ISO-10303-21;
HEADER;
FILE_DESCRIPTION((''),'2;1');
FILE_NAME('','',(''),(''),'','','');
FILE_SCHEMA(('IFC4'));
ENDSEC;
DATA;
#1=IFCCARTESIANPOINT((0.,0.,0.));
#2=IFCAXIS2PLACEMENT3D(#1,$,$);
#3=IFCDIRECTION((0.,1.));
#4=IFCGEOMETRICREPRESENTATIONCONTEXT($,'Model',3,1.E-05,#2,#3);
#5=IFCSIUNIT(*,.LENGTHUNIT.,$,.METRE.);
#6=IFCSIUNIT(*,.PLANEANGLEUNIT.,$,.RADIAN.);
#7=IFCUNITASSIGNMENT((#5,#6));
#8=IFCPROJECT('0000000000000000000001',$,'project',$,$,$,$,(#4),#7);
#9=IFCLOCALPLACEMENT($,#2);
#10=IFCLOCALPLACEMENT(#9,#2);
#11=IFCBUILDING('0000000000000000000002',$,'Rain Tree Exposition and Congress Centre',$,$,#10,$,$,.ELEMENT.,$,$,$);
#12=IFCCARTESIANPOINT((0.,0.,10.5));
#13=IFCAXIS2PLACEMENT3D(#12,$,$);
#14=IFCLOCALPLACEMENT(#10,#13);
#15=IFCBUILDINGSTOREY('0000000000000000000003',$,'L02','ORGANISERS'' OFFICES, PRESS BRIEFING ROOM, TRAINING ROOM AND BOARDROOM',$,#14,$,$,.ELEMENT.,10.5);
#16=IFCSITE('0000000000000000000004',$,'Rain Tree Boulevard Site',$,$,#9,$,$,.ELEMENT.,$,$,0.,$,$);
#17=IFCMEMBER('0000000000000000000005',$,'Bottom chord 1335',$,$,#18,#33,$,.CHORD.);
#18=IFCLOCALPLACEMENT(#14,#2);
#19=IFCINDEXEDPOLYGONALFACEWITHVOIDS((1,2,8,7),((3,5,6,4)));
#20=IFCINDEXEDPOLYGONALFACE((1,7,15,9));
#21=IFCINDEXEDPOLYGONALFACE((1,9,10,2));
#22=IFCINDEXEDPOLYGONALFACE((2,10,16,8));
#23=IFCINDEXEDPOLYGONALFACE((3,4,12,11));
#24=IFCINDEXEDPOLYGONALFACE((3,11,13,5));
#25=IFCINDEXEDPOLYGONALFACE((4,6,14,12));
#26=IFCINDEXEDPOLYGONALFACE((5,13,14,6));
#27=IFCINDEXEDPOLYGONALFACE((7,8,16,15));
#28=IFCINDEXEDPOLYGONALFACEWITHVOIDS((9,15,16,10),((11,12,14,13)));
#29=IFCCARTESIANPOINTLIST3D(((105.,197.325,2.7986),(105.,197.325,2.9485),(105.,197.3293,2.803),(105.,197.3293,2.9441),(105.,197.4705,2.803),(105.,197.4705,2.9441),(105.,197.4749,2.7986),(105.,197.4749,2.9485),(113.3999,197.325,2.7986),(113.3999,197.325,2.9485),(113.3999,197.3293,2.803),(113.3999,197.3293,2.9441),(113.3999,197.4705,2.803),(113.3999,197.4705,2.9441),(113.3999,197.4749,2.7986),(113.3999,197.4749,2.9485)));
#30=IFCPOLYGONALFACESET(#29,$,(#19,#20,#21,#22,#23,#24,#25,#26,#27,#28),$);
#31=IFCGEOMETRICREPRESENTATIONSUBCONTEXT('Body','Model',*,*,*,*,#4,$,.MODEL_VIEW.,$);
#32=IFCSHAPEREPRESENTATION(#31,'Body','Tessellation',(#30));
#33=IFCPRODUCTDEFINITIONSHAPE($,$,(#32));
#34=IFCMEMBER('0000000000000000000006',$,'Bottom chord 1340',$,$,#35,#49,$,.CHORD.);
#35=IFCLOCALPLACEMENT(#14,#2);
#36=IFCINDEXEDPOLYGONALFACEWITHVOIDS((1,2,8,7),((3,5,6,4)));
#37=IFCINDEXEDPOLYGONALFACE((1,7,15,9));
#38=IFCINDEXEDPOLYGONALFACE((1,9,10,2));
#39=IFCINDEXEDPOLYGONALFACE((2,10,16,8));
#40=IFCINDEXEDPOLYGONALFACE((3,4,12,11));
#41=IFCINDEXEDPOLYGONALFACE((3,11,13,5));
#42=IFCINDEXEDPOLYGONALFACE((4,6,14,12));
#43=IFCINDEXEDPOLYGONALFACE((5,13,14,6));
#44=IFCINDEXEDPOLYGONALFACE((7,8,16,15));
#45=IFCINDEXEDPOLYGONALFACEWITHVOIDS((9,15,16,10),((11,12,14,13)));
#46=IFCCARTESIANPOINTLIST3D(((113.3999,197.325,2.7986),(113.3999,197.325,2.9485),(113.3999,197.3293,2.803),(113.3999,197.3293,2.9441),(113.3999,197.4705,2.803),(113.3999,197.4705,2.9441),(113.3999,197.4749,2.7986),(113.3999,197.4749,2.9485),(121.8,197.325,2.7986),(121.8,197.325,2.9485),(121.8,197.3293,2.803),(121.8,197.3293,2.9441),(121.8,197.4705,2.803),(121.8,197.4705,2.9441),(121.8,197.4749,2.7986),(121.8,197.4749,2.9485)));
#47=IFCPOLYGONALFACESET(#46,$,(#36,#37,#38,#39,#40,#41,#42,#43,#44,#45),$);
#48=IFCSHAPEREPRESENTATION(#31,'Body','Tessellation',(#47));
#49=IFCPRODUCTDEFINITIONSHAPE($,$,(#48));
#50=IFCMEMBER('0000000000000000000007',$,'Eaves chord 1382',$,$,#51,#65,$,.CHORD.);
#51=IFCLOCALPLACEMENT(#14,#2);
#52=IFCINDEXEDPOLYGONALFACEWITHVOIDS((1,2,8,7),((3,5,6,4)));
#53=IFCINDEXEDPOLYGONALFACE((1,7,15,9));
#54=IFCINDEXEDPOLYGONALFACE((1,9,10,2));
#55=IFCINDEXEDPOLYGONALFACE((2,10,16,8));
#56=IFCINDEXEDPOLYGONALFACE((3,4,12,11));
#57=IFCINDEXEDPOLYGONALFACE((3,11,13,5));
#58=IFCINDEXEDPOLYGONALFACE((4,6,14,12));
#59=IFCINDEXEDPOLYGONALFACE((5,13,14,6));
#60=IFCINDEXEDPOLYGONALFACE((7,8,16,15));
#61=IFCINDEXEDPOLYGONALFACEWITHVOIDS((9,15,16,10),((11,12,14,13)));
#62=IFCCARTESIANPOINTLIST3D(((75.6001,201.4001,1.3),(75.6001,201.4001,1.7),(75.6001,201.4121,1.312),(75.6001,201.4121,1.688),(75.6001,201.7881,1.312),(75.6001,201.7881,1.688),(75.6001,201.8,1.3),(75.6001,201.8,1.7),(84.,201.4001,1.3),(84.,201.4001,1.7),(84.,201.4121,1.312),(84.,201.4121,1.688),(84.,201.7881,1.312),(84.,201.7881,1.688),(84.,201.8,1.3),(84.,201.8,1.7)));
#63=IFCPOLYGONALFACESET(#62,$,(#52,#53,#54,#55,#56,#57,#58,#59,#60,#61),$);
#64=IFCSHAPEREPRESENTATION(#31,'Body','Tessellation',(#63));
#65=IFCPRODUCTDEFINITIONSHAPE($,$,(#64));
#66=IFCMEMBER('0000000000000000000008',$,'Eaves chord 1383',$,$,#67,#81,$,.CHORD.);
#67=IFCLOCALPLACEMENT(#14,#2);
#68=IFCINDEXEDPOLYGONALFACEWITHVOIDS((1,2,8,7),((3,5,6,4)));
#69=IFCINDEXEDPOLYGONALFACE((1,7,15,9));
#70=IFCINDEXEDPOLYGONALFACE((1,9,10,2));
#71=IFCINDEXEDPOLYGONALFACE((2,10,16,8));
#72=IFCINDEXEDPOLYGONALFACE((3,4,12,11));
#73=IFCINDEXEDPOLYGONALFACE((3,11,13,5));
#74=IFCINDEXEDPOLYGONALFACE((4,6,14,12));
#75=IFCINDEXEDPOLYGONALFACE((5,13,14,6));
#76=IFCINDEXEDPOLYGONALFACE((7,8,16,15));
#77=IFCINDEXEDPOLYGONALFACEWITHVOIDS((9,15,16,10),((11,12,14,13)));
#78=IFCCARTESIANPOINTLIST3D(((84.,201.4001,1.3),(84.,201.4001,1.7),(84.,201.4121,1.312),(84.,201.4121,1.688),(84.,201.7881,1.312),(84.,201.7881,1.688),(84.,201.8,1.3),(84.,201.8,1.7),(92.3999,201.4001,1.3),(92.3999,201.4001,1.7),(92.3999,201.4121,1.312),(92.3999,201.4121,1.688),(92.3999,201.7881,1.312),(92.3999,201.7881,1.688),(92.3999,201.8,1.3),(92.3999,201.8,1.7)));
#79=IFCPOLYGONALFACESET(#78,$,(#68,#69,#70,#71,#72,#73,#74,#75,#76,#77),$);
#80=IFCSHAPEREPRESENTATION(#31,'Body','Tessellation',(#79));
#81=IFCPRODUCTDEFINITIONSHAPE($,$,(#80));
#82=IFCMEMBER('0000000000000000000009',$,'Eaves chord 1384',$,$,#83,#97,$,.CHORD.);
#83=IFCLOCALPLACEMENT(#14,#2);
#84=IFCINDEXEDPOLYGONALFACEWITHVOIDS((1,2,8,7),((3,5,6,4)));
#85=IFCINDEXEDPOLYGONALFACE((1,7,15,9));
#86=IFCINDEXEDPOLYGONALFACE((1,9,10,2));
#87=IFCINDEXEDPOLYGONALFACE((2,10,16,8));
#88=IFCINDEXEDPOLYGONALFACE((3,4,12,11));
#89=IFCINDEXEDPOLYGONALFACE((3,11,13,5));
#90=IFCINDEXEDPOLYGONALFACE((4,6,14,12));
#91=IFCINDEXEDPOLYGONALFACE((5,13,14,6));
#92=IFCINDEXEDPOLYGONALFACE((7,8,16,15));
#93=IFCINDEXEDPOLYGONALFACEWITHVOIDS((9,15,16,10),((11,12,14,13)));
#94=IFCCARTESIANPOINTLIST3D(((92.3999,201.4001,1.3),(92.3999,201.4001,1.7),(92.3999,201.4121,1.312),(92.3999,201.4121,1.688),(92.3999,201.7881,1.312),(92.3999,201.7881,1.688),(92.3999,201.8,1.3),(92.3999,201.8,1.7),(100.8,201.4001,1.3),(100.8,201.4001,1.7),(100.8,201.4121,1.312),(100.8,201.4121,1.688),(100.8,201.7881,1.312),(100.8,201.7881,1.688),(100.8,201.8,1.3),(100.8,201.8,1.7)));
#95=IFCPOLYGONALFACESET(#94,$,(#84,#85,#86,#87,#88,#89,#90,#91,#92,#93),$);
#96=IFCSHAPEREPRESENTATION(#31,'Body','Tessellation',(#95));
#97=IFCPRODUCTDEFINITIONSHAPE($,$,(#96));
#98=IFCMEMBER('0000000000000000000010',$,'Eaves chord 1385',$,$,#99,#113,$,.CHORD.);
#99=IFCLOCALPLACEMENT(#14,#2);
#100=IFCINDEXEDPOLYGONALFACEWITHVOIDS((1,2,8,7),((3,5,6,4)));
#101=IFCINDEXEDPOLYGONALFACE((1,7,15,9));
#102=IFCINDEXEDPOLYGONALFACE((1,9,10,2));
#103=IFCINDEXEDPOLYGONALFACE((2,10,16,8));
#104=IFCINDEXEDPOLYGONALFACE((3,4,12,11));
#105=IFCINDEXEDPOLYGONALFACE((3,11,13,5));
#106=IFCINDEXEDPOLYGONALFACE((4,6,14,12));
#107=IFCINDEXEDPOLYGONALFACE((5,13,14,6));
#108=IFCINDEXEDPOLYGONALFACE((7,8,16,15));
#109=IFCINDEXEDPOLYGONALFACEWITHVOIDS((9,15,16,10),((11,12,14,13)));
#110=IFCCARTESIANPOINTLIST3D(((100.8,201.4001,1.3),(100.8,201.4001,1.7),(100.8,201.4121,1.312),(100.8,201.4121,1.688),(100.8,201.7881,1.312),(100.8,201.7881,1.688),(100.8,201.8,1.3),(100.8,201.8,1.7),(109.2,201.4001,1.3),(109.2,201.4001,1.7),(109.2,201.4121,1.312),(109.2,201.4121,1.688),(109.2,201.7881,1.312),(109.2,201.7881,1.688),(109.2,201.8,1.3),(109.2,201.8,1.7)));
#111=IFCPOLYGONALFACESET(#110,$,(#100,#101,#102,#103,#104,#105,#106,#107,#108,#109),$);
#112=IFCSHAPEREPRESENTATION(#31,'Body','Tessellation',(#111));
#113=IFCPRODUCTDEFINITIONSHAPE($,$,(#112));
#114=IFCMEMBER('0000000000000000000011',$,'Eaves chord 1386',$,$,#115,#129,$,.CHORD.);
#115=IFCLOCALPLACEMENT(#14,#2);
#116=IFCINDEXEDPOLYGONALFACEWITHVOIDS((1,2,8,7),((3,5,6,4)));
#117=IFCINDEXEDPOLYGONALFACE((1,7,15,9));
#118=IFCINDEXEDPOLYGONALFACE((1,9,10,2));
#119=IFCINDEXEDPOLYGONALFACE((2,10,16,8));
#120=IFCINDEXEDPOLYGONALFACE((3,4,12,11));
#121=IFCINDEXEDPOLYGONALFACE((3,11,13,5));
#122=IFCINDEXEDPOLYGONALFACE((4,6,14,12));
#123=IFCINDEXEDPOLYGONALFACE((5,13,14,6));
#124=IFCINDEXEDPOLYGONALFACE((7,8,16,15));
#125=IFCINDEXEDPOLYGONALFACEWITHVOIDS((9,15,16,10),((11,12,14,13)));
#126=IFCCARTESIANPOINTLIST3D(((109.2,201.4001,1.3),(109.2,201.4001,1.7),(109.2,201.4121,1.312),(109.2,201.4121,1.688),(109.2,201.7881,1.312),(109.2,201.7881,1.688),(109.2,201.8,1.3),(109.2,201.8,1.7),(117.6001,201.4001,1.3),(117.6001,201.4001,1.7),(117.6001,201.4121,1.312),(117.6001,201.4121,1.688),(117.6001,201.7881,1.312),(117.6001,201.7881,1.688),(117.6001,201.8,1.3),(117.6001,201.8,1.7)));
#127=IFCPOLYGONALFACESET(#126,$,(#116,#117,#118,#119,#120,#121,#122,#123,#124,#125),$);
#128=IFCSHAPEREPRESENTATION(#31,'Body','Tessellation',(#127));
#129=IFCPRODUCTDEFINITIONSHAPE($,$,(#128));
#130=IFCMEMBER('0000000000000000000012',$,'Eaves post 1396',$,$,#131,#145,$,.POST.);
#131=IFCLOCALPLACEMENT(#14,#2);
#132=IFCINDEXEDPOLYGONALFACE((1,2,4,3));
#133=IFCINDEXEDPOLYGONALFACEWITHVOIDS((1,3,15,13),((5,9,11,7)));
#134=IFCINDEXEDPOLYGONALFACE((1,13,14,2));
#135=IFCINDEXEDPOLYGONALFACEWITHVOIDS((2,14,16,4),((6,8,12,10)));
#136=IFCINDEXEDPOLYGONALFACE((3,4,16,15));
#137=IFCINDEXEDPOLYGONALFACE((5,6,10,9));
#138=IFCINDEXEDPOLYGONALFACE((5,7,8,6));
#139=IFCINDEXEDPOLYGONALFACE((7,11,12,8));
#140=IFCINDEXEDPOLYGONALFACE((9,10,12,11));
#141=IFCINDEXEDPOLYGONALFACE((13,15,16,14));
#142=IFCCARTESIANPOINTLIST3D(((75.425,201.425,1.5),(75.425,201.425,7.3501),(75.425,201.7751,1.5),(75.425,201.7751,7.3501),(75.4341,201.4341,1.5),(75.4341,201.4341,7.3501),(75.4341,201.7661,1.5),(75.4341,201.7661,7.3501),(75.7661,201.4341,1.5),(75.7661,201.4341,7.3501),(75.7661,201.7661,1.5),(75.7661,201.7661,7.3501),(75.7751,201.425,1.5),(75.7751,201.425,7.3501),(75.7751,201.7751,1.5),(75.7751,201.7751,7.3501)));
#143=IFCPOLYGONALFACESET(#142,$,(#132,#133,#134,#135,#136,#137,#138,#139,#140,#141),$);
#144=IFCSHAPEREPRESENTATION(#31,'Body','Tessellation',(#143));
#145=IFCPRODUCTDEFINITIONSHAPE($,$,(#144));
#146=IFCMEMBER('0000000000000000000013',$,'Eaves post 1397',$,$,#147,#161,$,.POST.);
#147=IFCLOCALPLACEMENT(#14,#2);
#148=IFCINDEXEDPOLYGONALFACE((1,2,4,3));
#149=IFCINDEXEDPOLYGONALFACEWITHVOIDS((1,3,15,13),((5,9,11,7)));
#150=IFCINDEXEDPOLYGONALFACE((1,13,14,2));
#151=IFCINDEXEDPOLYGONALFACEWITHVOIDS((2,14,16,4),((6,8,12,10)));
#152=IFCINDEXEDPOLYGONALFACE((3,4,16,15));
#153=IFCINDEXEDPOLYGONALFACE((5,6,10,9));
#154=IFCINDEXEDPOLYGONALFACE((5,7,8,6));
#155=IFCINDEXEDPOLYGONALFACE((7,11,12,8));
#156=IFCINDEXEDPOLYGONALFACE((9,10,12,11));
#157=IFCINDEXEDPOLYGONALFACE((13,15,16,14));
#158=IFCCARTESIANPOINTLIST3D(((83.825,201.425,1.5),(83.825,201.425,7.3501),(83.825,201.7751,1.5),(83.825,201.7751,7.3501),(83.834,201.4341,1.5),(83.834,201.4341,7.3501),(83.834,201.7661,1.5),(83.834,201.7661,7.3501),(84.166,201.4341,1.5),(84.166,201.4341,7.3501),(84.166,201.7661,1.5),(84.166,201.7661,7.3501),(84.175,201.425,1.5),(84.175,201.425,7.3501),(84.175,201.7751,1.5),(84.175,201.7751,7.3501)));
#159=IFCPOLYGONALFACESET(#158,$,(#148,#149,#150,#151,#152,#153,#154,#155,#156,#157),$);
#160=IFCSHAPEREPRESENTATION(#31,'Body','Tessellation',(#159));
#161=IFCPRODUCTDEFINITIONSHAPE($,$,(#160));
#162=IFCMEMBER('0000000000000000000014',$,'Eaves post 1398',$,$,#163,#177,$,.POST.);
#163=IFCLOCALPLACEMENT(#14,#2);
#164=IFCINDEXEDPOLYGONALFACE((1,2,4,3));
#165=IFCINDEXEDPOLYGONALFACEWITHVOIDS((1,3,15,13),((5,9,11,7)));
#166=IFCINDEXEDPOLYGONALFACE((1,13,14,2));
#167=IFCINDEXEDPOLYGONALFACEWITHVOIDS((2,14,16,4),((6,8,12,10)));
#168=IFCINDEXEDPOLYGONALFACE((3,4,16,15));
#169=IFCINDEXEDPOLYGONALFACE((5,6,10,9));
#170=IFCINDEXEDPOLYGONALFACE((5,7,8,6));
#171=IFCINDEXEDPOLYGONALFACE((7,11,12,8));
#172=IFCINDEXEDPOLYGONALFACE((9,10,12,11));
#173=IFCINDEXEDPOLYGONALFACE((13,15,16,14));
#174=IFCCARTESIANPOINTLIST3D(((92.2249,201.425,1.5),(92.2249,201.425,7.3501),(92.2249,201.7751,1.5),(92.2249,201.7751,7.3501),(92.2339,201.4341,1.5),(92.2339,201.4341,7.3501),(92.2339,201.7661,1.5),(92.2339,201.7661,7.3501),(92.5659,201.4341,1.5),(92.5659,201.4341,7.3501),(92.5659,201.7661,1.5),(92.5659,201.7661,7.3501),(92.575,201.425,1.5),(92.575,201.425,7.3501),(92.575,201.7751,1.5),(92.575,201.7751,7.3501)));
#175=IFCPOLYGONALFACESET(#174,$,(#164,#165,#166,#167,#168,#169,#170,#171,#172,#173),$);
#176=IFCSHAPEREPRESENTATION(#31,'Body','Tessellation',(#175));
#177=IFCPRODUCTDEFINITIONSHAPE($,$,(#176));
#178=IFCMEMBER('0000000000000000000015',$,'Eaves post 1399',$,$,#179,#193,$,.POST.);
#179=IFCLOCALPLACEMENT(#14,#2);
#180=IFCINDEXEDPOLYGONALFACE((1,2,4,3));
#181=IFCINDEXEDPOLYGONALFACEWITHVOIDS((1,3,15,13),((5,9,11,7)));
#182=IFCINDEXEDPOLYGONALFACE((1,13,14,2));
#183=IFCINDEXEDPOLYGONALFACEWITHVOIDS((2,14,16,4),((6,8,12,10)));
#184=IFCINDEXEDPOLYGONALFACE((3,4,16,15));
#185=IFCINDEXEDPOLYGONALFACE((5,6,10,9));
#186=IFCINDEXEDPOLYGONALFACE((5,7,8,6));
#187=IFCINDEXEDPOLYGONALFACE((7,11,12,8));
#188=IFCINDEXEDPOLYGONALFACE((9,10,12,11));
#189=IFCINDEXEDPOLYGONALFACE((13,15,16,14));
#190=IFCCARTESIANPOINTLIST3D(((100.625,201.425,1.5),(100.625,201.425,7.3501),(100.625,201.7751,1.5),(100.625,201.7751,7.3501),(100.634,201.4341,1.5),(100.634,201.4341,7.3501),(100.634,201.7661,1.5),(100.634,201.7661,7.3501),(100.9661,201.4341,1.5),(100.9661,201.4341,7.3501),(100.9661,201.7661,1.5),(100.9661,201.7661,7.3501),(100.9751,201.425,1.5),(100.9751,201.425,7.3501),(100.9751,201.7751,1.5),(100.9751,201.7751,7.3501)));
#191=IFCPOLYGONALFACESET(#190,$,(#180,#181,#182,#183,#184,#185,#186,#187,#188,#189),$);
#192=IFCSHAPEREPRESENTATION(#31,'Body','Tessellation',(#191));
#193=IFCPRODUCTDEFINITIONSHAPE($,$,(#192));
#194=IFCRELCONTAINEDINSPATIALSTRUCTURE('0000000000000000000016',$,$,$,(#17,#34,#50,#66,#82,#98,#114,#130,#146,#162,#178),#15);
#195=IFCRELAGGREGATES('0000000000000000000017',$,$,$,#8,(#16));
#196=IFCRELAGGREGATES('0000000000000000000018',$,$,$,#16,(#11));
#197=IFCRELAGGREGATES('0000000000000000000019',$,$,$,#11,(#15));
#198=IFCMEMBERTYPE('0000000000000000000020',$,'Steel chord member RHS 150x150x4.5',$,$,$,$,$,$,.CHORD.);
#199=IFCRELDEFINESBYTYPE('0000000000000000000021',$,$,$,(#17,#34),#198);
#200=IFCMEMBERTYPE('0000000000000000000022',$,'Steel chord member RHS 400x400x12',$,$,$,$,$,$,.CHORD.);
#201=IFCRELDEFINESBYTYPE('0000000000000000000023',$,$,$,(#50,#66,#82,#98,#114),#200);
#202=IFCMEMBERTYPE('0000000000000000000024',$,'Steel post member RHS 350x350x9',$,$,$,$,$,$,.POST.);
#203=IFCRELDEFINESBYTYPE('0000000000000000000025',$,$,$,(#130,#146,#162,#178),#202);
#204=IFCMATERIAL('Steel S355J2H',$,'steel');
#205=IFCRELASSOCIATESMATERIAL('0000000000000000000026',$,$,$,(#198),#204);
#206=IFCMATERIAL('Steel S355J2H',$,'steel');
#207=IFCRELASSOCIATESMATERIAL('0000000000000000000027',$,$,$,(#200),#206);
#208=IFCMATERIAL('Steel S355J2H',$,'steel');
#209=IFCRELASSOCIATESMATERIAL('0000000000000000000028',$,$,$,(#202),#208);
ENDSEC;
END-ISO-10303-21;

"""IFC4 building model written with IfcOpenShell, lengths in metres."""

from ifc_helpers import new_model, si_unit, direction, frame, origin, origin_2d, place, context, subcontext, project, spatial, hollow_rectangle, extrude, material, material_profile, profile_set, type_object, element, save


model = new_model("IFC4")

# Units and contexts
model_context = context("Model", 3, precision=1e-05, world=origin(), true_north=direction((0.0, 1.0)))
body_context = subcontext(model_context, "Body", "Model", "MODEL_VIEW")
ifc_project = project(units=[si_unit("LENGTHUNIT", "METRE"), si_unit("PLANEANGLEUNIT", "RADIAN")], contexts=[model_context])

# Site, building, storey
site_placement = place(None, origin())
site = spatial("IfcSite", under=ifc_project, at=site_placement, Name="Rain Tree Boulevard Site", CompositionType="ELEMENT", RefElevation=0.0)
building_placement = place(site_placement, origin())
building = spatial("IfcBuilding", under=site, at=building_placement, Name="Rain Tree Exposition and Congress Centre", CompositionType="ELEMENT")
storey_placement = place(building_placement, frame((0.0, 0.0, 10.5)))
storey = spatial("IfcBuildingStorey", under=building, at=storey_placement, Name="L02", Description="ORGANISERS' OFFICES, PRESS BRIEFING ROOM, TRAINING ROOM AND BOARDROOM", CompositionType="ELEMENT", Elevation=10.5)

# Members
ifc_material_1 = material(Name="Steel S355J2H", Category="steel")
ifc_material_profile_1 = material_profile(ifc_material_1, hollow_rectangle(XDim=0.1499, YDim=0.1499, WallThickness=0.0044, at=origin_2d()), Name="RHS 150x150x4.5")
ifc_profile_set_1 = profile_set([ifc_material_profile_1], Name="Steel S355J2H")
member_type_1 = type_object("IfcMemberType", Name="Steel chord member RHS 150x150x4.5", PredefinedType="CHORD", material=ifc_profile_set_1)
for number, where, z_axis, x_axis, name in (
    (1, (105.0, 197.3999, 2.8735), (1.0, 0.0, 0.0), (0.0, 1.0, 0.0), "Bottom chord 1335"),
):
    element("IfcMember", number, at=place(storey_placement, frame(where, z_axis=z_axis, x_axis=x_axis)), inside=storey, type_object=member_type_1, Name=name, PredefinedType="CHORD", context=body_context, shape_type="SweptSolid", body=[
        extrude(hollow_rectangle(XDim=0.1499, YDim=0.1499, WallThickness=0.0044, at=origin_2d()), origin(), (0.0, 0.0, 1.0), 8.3999),
    ])
member_1_placement = place(storey_placement, frame((113.3999, 197.3999, 2.8735), z_axis=(1.0, 0.0, 0.0), x_axis=(0.0, 1.0, 0.0)))
element("IfcMember", 2, at=member_1_placement, inside=storey, type_object=member_type_1, Name="Bottom chord 1340", PredefinedType="CHORD", context=body_context, shape_type="SweptSolid", body=[
    extrude(hollow_rectangle(XDim=0.1499, YDim=0.1499, WallThickness=0.0044, at=origin_2d()), origin(), (0.0, 0.0, 1.0), 8.4001),
])
ifc_material_2 = material(Name="Steel S355J2H", Category="steel")
ifc_material_profile_2 = material_profile(ifc_material_2, hollow_rectangle(XDim=0.3999, YDim=0.3999, WallThickness=0.012, at=origin_2d()), Name="RHS 400x400x12")
ifc_profile_set_2 = profile_set([ifc_material_profile_2], Name="Steel S355J2H")
member_type_2 = type_object("IfcMemberType", Name="Steel chord member RHS 400x400x12", PredefinedType="CHORD", material=ifc_profile_set_2)
for number, where, z_axis, x_axis, name in (
    (3, (75.6001, 201.6001, 1.5), (1.0, 0.0, 0.0), (0.0, 1.0, 0.0), "Eaves chord 1382"),
    (4, (84.0, 201.6001, 1.5), (1.0, 0.0, 0.0), (0.0, 1.0, 0.0), "Eaves chord 1383"),
):
    element("IfcMember", number, at=place(storey_placement, frame(where, z_axis=z_axis, x_axis=x_axis)), inside=storey, type_object=member_type_2, Name=name, PredefinedType="CHORD", context=body_context, shape_type="SweptSolid", body=[
        extrude(hollow_rectangle(XDim=0.3999, YDim=0.3999, WallThickness=0.012, at=origin_2d()), origin(), (0.0, 0.0, 1.0), 8.3999),
    ])
member_2_placement = place(storey_placement, frame((92.3999, 201.6001, 1.5), z_axis=(1.0, 0.0, 0.0), x_axis=(0.0, 1.0, 0.0)))
element("IfcMember", 5, at=member_2_placement, inside=storey, type_object=member_type_2, Name="Eaves chord 1384", PredefinedType="CHORD", context=body_context, shape_type="SweptSolid", body=[
    extrude(hollow_rectangle(XDim=0.3999, YDim=0.3999, WallThickness=0.012, at=origin_2d()), origin(), (0.0, 0.0, 1.0), 8.4001),
])
member_3_placement = place(storey_placement, frame((100.8, 201.6001, 1.5), z_axis=(1.0, 0.0, 0.0), x_axis=(0.0, 1.0, 0.0)))
element("IfcMember", 6, at=member_3_placement, inside=storey, type_object=member_type_2, Name="Eaves chord 1385", PredefinedType="CHORD", context=body_context, shape_type="SweptSolid", body=[
    extrude(hollow_rectangle(XDim=0.3999, YDim=0.3999, WallThickness=0.012, at=origin_2d()), origin(), (0.0, 0.0, 1.0), 8.3999),
])
member_4_placement = place(storey_placement, frame((109.2, 201.6001, 1.5), z_axis=(1.0, 0.0, 0.0), x_axis=(0.0, 1.0, 0.0)))
element("IfcMember", 7, at=member_4_placement, inside=storey, type_object=member_type_2, Name="Eaves chord 1386", PredefinedType="CHORD", context=body_context, shape_type="SweptSolid", body=[
    extrude(hollow_rectangle(XDim=0.3999, YDim=0.3999, WallThickness=0.012, at=origin_2d()), origin(), (0.0, 0.0, 1.0), 8.4001),
])
ifc_material_3 = material(Name="Steel S355J2H", Category="steel")
ifc_material_profile_3 = material_profile(ifc_material_3, hollow_rectangle(XDim=0.3501, YDim=0.3501, WallThickness=0.009, at=origin_2d()), Name="RHS 350x350x9")
ifc_profile_set_3 = profile_set([ifc_material_profile_3], Name="Steel S355J2H")
member_type_3 = type_object("IfcMemberType", Name="Steel post member RHS 350x350x9", PredefinedType="POST", material=ifc_profile_set_3)
for number, where, z_axis, x_axis, name in (
    (8, (75.6001, 201.6001, 1.5), (0.0, 0.0, 1.0), (1.0, 0.0, 0.0), "Eaves post 1396"),
    (9, (84.0, 201.6001, 1.5), (0.0, 0.0, 1.0), (1.0, 0.0, 0.0), "Eaves post 1397"),
    (10, (92.3999, 201.6001, 1.5), (0.0, 0.0, 1.0), (1.0, 0.0, 0.0), "Eaves post 1398"),
    (11, (100.8, 201.6001, 1.5), (0.0, 0.0, 1.0), (1.0, 0.0, 0.0), "Eaves post 1399"),
):
    element("IfcMember", number, at=place(storey_placement, frame(where, z_axis=z_axis, x_axis=x_axis)), inside=storey, type_object=member_type_3, Name=name, PredefinedType="POST", context=body_context, shape_type="SweptSolid", body=[
        extrude(hollow_rectangle(XDim=0.3501, YDim=0.3501, WallThickness=0.009, at=origin_2d()), origin(), (0.0, 0.0, 1.0), 5.8501),
    ])

save(model, "model.ifc")
